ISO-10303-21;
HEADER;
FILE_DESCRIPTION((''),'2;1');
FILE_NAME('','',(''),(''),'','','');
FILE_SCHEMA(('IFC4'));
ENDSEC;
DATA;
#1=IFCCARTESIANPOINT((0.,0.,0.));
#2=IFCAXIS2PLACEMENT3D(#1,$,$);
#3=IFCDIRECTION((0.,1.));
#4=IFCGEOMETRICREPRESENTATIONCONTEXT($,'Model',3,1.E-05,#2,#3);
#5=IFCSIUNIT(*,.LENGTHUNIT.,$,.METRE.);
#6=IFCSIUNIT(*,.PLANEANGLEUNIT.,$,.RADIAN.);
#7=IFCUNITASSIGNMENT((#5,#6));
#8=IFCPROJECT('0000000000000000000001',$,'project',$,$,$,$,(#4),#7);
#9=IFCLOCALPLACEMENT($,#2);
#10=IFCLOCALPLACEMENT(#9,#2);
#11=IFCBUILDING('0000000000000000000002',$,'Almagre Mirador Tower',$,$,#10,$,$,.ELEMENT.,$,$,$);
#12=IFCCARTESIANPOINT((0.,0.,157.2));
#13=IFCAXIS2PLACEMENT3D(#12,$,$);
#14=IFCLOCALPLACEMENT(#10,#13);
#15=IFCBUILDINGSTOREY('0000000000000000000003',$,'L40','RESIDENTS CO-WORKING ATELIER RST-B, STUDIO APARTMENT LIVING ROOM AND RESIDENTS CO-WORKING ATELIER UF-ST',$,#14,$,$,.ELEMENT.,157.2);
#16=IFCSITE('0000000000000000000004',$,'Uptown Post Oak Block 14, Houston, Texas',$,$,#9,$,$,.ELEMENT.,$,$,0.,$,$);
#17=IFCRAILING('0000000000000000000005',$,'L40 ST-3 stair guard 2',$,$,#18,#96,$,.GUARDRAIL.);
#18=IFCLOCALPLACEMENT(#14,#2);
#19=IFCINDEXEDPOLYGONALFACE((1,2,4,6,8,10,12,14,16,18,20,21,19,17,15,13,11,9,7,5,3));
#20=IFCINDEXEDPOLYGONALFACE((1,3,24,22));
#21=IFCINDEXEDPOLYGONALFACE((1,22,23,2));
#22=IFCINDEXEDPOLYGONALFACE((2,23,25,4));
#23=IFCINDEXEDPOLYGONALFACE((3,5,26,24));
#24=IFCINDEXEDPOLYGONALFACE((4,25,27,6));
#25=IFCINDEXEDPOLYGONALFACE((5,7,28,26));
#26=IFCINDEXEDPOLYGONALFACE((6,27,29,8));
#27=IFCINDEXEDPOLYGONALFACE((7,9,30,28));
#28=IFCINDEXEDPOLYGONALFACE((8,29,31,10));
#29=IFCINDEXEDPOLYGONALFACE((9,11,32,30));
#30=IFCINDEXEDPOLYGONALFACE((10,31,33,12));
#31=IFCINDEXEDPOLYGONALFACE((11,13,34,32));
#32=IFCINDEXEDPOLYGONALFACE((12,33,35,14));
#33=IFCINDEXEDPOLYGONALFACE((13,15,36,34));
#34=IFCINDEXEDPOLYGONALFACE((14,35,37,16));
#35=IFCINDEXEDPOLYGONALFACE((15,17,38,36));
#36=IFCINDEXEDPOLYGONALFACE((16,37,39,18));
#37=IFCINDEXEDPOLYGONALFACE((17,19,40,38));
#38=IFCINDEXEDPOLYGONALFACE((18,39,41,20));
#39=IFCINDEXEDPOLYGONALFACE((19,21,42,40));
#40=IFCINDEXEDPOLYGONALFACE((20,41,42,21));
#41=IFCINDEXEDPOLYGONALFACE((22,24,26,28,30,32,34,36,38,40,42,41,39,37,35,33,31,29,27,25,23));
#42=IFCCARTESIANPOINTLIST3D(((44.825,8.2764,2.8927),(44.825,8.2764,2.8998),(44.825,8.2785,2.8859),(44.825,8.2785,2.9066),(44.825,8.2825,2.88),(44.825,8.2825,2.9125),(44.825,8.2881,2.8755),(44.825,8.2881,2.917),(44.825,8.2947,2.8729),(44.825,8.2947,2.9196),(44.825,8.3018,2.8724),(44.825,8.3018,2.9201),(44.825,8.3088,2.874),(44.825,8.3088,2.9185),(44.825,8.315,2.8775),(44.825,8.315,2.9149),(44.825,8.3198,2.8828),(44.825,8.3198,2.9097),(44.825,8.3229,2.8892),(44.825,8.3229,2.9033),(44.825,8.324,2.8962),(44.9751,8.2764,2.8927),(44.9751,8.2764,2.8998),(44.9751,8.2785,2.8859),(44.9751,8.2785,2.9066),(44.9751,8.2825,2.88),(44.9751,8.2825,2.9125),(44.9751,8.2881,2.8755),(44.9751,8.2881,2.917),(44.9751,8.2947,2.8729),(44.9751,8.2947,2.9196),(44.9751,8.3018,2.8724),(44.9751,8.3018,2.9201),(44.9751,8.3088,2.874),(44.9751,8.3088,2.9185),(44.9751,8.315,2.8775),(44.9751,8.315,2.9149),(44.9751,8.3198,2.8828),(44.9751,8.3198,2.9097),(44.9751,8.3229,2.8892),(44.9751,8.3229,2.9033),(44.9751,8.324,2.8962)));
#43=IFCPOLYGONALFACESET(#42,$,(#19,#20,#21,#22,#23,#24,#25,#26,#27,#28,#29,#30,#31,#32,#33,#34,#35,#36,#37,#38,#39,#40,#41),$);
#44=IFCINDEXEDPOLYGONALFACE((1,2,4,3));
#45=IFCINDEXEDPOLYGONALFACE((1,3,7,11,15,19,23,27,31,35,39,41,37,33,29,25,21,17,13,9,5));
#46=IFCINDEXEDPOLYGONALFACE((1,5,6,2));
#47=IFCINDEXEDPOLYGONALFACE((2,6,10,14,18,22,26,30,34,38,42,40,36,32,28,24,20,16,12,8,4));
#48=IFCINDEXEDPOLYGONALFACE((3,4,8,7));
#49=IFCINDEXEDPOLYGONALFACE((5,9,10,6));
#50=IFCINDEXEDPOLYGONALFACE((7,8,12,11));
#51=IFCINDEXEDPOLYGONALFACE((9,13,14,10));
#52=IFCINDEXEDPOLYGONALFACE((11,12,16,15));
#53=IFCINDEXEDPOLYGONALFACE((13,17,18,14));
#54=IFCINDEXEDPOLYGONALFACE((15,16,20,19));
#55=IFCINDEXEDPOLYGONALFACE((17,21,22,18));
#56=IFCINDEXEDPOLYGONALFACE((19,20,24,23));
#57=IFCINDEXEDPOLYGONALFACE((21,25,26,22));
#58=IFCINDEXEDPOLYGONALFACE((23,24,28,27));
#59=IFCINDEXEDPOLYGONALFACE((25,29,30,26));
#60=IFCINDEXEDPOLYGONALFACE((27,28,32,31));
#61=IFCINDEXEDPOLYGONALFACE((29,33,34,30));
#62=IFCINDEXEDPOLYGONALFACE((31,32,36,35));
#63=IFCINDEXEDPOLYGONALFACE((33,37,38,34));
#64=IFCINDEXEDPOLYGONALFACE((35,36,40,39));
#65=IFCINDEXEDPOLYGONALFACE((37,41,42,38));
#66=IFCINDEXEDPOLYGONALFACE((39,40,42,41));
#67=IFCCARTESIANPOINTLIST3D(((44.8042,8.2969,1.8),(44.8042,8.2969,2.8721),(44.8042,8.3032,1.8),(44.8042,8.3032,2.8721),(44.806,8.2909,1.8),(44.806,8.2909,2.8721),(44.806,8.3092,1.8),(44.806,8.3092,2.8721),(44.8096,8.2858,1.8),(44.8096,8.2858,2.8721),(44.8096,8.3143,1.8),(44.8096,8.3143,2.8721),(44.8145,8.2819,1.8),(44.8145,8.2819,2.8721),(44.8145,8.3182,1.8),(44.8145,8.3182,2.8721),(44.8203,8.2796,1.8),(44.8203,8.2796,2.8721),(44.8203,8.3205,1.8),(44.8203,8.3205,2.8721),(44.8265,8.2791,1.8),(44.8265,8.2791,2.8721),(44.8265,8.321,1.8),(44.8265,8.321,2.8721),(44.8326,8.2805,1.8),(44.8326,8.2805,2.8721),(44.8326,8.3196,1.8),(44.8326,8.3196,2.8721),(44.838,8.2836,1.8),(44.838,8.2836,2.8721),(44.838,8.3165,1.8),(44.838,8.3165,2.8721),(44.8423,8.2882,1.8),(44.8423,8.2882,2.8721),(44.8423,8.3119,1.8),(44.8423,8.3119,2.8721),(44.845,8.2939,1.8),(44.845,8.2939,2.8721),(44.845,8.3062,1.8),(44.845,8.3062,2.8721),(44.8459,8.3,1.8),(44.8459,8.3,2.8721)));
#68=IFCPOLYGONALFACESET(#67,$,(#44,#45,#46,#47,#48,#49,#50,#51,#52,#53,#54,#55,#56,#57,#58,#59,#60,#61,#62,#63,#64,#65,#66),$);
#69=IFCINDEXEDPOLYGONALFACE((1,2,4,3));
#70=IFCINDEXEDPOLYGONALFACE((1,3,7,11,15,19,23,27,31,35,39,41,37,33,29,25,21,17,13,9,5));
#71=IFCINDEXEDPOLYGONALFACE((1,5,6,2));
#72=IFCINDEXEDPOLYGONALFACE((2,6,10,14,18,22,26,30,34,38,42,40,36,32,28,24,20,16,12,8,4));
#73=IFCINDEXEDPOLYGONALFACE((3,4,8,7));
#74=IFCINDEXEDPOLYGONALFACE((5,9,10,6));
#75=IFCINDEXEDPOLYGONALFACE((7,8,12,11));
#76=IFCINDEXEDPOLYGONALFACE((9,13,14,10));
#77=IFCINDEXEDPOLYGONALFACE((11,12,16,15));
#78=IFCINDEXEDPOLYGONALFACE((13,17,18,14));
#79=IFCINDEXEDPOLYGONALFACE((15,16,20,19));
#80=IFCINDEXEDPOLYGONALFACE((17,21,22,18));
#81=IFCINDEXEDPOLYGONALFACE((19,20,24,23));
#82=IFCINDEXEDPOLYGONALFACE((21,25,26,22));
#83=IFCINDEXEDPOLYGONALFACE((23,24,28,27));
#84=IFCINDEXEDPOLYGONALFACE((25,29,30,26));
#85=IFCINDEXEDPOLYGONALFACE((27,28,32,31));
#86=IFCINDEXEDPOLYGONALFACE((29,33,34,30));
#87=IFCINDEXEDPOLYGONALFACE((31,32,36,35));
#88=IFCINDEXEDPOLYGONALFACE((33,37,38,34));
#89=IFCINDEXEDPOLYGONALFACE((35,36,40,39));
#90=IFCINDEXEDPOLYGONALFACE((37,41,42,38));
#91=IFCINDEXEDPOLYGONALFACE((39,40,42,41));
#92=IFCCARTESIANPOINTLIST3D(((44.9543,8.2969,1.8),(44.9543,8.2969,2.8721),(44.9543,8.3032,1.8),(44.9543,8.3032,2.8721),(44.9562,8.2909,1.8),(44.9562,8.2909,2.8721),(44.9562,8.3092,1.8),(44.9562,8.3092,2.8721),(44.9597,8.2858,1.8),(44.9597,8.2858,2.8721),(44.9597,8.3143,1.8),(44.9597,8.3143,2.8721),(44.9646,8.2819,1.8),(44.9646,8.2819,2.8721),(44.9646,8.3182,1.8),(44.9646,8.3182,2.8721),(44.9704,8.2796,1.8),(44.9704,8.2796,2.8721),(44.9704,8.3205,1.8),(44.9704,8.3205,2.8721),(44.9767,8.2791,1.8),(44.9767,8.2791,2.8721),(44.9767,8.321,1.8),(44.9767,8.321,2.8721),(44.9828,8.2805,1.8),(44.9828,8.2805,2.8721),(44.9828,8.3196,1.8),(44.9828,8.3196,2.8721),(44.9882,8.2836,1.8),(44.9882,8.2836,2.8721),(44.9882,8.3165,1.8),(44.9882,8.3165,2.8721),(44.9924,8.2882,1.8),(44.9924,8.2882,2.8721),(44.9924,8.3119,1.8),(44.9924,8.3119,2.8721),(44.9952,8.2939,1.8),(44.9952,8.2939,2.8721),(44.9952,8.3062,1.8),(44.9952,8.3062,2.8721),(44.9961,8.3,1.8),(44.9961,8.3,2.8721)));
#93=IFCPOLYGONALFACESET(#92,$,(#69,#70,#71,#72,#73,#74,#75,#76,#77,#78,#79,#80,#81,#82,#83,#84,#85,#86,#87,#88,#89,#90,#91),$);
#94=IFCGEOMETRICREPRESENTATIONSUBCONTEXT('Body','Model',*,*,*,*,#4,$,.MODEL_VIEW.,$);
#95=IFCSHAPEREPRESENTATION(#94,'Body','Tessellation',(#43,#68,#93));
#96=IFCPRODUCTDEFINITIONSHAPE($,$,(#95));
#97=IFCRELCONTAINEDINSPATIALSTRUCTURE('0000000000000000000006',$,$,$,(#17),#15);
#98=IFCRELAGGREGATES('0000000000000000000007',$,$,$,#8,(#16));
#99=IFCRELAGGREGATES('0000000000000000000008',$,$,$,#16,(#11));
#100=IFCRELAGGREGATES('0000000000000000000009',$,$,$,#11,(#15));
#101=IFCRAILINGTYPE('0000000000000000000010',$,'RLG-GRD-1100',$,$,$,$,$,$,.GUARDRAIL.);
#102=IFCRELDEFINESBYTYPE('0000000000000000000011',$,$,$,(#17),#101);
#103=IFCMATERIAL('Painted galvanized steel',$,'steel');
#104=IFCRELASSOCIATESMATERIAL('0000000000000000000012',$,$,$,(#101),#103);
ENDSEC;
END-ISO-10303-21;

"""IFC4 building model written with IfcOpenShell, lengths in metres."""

from ifc_helpers import new_model, si_unit, direction, frame, origin, origin_2d, place, context, subcontext, project, spatial, circle, extrude, material, type_object, element, save


model = new_model("IFC4")

# Units and contexts
model_context = context("Model", 3, precision=1e-05, world=origin(), true_north=direction((0.0, 1.0)))
body_context = subcontext(model_context, "Body", "Model", "MODEL_VIEW")
ifc_project = project(units=[si_unit("LENGTHUNIT", "METRE"), si_unit("PLANEANGLEUNIT", "RADIAN")], contexts=[model_context])

# Site, building, storey
site_placement = place(None, origin())
site = spatial("IfcSite", under=ifc_project, at=site_placement, Name="Uptown Post Oak Block 14, Houston, Texas", CompositionType="ELEMENT", RefElevation=0.0)
building_placement = place(site_placement, origin())
building = spatial("IfcBuilding", under=site, at=building_placement, Name="Almagre Mirador Tower", CompositionType="ELEMENT")
storey_placement = place(building_placement, frame((0.0, 0.0, 157.2)))
storey = spatial("IfcBuildingStorey", under=building, at=storey_placement, Name="L40", Description="RESIDENTS CO-WORKING ATELIER RST-B, STUDIO APARTMENT LIVING ROOM AND RESIDENTS CO-WORKING ATELIER UF-ST", CompositionType="ELEMENT", Elevation=157.2)

# Railing
ifc_material_1 = material(Name="Painted galvanized steel", Category="steel")
railing_type_1 = type_object("IfcRailingType", Name="RLG-GRD-1100", PredefinedType="GUARDRAIL", material=ifc_material_1)
railing_1_placement = place(storey_placement, frame((44.825, 8.3, 1.8)))
element("IfcRailing", 1, at=railing_1_placement, inside=storey, type_object=railing_type_1, Name="L40 ST-3 stair guard 2", PredefinedType="GUARDRAIL", context=body_context, shape_type="SweptSolid", body=[
    extrude(circle(Radius=0.0239, at=origin_2d()), frame((0.0, 0.0, 1.0962), z_axis=(1.0, 0.0, 0.0), x_axis=(0.0, 1.0, 0.0)), (0.0, 0.0, 1.0), 0.1501),
    extrude(circle(Radius=0.021, at=origin_2d()), origin(), (0.0, 0.0, 1.0), 1.072),
    extrude(circle(Radius=0.021, at=origin_2d()), frame((0.1501, 0.0, 0.0)), (0.0, 0.0, 1.0), 1.072),
])

save(model, "model.ifc")
